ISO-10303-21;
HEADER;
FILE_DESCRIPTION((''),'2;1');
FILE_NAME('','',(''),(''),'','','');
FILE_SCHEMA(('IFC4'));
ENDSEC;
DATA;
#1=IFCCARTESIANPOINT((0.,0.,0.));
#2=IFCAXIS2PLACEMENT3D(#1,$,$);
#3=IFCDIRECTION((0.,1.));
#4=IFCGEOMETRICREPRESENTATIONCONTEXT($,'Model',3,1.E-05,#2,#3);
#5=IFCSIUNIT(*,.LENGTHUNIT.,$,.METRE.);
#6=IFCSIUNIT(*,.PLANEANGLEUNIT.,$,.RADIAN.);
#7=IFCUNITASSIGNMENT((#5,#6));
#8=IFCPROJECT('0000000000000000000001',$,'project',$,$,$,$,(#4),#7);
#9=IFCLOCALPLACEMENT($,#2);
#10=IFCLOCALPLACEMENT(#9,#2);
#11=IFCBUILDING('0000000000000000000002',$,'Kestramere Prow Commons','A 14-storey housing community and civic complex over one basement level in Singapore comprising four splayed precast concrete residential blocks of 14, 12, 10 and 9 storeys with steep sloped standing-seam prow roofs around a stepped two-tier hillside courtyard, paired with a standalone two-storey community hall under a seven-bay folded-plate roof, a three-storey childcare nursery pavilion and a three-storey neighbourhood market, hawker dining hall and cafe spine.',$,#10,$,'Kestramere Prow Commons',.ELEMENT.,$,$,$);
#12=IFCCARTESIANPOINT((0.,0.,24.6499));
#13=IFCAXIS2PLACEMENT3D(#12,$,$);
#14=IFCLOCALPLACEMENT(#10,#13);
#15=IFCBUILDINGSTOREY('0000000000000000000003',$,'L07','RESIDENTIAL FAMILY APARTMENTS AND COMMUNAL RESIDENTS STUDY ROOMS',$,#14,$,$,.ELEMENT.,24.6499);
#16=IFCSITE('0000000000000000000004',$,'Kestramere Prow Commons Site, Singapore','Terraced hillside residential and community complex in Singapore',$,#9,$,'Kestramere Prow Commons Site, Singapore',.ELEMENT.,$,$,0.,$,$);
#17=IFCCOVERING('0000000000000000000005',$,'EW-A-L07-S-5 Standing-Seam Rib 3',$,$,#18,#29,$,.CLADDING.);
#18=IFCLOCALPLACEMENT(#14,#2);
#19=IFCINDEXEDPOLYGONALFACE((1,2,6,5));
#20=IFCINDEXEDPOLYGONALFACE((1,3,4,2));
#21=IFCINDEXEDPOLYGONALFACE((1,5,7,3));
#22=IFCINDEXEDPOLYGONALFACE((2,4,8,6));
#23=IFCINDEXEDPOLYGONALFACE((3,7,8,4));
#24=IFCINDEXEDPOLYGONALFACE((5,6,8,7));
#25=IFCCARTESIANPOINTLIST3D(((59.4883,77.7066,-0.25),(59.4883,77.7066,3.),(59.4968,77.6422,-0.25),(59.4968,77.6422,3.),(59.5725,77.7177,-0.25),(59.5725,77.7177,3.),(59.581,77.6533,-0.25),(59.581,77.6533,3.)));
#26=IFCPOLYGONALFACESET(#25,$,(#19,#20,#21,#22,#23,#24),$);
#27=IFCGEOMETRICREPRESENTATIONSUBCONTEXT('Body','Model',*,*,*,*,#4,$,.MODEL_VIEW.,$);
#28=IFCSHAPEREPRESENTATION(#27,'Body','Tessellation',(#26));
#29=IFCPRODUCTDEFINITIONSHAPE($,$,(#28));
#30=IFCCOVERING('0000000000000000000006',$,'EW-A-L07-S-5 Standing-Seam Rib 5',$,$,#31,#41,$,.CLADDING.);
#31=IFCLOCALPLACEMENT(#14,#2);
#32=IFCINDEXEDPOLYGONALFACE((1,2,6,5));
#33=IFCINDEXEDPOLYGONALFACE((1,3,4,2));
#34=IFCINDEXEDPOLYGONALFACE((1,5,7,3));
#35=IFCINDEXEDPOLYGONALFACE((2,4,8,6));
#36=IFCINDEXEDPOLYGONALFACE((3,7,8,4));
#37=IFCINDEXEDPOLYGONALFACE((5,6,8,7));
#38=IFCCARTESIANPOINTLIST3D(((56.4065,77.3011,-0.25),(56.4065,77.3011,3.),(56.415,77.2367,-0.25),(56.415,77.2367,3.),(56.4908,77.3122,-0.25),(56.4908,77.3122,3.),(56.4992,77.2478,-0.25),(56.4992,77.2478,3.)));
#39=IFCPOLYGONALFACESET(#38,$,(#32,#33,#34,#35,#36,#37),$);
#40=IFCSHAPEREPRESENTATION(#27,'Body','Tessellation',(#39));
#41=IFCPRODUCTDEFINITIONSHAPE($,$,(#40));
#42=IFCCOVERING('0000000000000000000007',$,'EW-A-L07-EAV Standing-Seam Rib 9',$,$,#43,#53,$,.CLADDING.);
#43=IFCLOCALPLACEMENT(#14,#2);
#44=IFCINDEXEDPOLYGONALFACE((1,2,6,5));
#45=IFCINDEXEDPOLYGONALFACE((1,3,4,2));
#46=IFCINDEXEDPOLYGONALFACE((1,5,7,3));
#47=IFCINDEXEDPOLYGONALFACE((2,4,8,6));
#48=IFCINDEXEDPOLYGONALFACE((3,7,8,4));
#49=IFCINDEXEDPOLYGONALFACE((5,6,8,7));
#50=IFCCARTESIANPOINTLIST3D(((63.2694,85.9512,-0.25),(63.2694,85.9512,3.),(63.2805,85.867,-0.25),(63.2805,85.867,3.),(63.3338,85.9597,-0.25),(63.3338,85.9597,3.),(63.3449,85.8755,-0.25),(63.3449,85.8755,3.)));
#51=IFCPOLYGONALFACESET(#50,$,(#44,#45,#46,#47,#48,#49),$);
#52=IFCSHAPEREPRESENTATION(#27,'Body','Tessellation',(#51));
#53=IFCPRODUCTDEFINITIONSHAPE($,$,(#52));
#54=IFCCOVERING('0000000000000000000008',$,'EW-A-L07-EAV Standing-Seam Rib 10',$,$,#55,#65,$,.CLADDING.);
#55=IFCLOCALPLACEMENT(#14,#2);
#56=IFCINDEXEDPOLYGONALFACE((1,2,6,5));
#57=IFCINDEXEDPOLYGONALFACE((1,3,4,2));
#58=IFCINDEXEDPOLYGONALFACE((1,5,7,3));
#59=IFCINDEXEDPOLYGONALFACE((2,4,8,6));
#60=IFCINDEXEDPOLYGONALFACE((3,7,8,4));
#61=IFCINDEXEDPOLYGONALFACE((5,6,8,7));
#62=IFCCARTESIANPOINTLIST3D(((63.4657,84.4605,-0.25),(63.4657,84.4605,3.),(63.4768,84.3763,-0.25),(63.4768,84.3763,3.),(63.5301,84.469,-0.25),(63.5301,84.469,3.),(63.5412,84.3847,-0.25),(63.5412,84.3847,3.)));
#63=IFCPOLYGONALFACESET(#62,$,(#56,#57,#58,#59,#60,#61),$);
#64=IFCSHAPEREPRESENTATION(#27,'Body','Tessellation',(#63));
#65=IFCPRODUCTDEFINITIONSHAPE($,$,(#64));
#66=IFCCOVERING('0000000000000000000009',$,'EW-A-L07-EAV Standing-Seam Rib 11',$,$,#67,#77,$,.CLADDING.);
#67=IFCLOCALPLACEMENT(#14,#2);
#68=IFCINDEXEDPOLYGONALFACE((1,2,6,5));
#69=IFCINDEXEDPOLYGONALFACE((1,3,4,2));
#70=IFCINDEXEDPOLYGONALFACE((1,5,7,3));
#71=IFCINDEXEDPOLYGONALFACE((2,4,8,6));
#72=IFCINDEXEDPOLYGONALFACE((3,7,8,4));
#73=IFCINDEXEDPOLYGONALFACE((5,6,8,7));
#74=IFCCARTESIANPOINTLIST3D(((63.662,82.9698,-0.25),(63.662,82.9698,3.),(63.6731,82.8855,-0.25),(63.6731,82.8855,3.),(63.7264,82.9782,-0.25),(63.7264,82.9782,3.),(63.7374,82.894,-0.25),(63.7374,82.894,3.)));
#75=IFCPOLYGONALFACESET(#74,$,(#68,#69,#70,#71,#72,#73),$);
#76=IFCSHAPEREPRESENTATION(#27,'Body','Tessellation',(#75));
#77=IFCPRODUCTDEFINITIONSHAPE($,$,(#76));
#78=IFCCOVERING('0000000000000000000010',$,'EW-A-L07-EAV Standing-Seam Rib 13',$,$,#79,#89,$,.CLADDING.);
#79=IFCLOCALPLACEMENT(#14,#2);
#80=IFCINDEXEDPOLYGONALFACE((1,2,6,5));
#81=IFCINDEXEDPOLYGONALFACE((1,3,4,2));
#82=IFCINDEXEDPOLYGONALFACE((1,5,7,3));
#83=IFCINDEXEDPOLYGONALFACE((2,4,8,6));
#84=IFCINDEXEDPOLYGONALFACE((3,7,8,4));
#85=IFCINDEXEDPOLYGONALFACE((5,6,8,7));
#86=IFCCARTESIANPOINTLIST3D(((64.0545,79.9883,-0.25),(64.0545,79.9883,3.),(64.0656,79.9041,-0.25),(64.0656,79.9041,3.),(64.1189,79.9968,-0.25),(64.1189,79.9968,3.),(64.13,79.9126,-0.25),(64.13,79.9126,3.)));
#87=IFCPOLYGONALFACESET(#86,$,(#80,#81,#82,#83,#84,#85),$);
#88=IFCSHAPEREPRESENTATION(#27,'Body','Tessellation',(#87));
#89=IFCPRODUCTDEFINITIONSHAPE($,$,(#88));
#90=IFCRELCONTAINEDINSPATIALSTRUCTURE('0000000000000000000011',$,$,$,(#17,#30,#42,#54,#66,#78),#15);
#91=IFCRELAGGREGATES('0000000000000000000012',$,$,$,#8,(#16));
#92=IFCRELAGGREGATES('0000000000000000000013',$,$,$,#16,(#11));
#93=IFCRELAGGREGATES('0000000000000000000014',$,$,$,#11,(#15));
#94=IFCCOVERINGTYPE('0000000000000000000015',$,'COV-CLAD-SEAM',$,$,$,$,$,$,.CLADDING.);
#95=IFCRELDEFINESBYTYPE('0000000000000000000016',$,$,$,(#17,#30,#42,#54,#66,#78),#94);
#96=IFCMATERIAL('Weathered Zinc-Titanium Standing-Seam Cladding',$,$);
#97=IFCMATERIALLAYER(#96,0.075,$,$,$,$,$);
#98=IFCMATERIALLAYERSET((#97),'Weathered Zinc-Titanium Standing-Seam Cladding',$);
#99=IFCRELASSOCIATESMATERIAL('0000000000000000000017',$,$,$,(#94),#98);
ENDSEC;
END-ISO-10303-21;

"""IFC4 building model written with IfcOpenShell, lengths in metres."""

from ifc_helpers import new_model, si_unit, direction, frame, origin, origin_2d, place, context, subcontext, project, spatial, rectangle, extrude, material, layer, layer_set, type_object, element, save


model = new_model("IFC4")

# Units and contexts
model_context = context("Model", 3, precision=1e-05, world=origin(), true_north=direction((0.0, 1.0)))
body_context = subcontext(model_context, "Body", "Model", "MODEL_VIEW")
ifc_project = project(units=[si_unit("LENGTHUNIT", "METRE"), si_unit("PLANEANGLEUNIT", "RADIAN")], contexts=[model_context])

# Site, building, storey
site_placement = place(None, origin())
site = spatial("IfcSite", under=ifc_project, at=site_placement, Name="Kestramere Prow Commons Site, Singapore", Description="Terraced hillside residential and community complex in Singapore", LongName="Kestramere Prow Commons Site, Singapore", CompositionType="ELEMENT", RefElevation=0.0)
building_placement = place(site_placement, origin())
building = spatial("IfcBuilding", under=site, at=building_placement, Name="Kestramere Prow Commons", Description="A 14-storey housing community and civic complex over one basement level in Singapore comprising four splayed precast concrete residential blocks of 14, 12, 10 and 9 storeys with steep sloped standing-seam prow roofs around a stepped two-tier hillside courtyard, paired with a standalone two-storey community hall under a seven-bay folded-plate roof, a three-storey childcare nursery pavilion and a three-storey neighbourhood market, hawker dining hall and cafe spine.", LongName="Kestramere Prow Commons", CompositionType="ELEMENT")
storey_placement = place(building_placement, frame((0.0, 0.0, 24.6499)))
storey = spatial("IfcBuildingStorey", under=building, at=storey_placement, Name="L07", Description="RESIDENTIAL FAMILY APARTMENTS AND COMMUNAL RESIDENTS STUDY ROOMS", CompositionType="ELEMENT", Elevation=24.6499)

# Coverings
ifc_material_1 = material(Name="Weathered Zinc-Titanium Standing-Seam Cladding")
ifc_layer_1 = layer(ifc_material_1, 0.075)
ifc_layer_set_1 = layer_set([ifc_layer_1], Name="Weathered Zinc-Titanium Standing-Seam Cladding")
covering_type = type_object("IfcCoveringType", Name="COV-CLAD-SEAM", PredefinedType="CLADDING", material=ifc_layer_set_1)
for number, where, z_axis, x_axis, name in (
    (1, (59.5347, 77.6799, -0.25), (0.0, 0.0, 1.0), (-0.991445, -0.130526, 0.0), "EW-A-L07-S-5 Standing-Seam Rib 3"),
    (2, (56.4529, 77.2744, -0.25), (0.0, 0.0, 1.0), (-0.991445, -0.130526, 0.0), "EW-A-L07-S-5 Standing-Seam Rib 5"),
    (3, (63.3071, 85.9133, -0.25), (0.0, 0.0, 1.0), (0.130526, -0.991445, 0.0), "EW-A-L07-EAV Standing-Seam Rib 9"),
    (4, (63.5034, 84.4226, -0.25), (0.0, 0.0, 1.0), (0.130526, -0.991445, 0.0), "EW-A-L07-EAV Standing-Seam Rib 10"),
    (5, (63.6997, 82.9319, -0.25), (0.0, 0.0, 1.0), (0.130526, -0.991445, 0.0), "EW-A-L07-EAV Standing-Seam Rib 11"),
    (6, (64.0923, 79.9504, -0.25), (0.0, 0.0, 1.0), (0.130526, -0.991445, 0.0), "EW-A-L07-EAV Standing-Seam Rib 13"),
):
    element("IfcCovering", number, at=place(storey_placement, frame(where, z_axis=z_axis, x_axis=x_axis)), inside=storey, type_object=covering_type, Name=name, PredefinedType="CLADDING", context=body_context, shape_type="SweptSolid", body=[
        extrude(rectangle(XDim=0.085, YDim=0.0649, at=origin_2d()), origin(), (0.0, 0.0, 1.0), 3.25),
    ])

save(model, "model.ifc")
